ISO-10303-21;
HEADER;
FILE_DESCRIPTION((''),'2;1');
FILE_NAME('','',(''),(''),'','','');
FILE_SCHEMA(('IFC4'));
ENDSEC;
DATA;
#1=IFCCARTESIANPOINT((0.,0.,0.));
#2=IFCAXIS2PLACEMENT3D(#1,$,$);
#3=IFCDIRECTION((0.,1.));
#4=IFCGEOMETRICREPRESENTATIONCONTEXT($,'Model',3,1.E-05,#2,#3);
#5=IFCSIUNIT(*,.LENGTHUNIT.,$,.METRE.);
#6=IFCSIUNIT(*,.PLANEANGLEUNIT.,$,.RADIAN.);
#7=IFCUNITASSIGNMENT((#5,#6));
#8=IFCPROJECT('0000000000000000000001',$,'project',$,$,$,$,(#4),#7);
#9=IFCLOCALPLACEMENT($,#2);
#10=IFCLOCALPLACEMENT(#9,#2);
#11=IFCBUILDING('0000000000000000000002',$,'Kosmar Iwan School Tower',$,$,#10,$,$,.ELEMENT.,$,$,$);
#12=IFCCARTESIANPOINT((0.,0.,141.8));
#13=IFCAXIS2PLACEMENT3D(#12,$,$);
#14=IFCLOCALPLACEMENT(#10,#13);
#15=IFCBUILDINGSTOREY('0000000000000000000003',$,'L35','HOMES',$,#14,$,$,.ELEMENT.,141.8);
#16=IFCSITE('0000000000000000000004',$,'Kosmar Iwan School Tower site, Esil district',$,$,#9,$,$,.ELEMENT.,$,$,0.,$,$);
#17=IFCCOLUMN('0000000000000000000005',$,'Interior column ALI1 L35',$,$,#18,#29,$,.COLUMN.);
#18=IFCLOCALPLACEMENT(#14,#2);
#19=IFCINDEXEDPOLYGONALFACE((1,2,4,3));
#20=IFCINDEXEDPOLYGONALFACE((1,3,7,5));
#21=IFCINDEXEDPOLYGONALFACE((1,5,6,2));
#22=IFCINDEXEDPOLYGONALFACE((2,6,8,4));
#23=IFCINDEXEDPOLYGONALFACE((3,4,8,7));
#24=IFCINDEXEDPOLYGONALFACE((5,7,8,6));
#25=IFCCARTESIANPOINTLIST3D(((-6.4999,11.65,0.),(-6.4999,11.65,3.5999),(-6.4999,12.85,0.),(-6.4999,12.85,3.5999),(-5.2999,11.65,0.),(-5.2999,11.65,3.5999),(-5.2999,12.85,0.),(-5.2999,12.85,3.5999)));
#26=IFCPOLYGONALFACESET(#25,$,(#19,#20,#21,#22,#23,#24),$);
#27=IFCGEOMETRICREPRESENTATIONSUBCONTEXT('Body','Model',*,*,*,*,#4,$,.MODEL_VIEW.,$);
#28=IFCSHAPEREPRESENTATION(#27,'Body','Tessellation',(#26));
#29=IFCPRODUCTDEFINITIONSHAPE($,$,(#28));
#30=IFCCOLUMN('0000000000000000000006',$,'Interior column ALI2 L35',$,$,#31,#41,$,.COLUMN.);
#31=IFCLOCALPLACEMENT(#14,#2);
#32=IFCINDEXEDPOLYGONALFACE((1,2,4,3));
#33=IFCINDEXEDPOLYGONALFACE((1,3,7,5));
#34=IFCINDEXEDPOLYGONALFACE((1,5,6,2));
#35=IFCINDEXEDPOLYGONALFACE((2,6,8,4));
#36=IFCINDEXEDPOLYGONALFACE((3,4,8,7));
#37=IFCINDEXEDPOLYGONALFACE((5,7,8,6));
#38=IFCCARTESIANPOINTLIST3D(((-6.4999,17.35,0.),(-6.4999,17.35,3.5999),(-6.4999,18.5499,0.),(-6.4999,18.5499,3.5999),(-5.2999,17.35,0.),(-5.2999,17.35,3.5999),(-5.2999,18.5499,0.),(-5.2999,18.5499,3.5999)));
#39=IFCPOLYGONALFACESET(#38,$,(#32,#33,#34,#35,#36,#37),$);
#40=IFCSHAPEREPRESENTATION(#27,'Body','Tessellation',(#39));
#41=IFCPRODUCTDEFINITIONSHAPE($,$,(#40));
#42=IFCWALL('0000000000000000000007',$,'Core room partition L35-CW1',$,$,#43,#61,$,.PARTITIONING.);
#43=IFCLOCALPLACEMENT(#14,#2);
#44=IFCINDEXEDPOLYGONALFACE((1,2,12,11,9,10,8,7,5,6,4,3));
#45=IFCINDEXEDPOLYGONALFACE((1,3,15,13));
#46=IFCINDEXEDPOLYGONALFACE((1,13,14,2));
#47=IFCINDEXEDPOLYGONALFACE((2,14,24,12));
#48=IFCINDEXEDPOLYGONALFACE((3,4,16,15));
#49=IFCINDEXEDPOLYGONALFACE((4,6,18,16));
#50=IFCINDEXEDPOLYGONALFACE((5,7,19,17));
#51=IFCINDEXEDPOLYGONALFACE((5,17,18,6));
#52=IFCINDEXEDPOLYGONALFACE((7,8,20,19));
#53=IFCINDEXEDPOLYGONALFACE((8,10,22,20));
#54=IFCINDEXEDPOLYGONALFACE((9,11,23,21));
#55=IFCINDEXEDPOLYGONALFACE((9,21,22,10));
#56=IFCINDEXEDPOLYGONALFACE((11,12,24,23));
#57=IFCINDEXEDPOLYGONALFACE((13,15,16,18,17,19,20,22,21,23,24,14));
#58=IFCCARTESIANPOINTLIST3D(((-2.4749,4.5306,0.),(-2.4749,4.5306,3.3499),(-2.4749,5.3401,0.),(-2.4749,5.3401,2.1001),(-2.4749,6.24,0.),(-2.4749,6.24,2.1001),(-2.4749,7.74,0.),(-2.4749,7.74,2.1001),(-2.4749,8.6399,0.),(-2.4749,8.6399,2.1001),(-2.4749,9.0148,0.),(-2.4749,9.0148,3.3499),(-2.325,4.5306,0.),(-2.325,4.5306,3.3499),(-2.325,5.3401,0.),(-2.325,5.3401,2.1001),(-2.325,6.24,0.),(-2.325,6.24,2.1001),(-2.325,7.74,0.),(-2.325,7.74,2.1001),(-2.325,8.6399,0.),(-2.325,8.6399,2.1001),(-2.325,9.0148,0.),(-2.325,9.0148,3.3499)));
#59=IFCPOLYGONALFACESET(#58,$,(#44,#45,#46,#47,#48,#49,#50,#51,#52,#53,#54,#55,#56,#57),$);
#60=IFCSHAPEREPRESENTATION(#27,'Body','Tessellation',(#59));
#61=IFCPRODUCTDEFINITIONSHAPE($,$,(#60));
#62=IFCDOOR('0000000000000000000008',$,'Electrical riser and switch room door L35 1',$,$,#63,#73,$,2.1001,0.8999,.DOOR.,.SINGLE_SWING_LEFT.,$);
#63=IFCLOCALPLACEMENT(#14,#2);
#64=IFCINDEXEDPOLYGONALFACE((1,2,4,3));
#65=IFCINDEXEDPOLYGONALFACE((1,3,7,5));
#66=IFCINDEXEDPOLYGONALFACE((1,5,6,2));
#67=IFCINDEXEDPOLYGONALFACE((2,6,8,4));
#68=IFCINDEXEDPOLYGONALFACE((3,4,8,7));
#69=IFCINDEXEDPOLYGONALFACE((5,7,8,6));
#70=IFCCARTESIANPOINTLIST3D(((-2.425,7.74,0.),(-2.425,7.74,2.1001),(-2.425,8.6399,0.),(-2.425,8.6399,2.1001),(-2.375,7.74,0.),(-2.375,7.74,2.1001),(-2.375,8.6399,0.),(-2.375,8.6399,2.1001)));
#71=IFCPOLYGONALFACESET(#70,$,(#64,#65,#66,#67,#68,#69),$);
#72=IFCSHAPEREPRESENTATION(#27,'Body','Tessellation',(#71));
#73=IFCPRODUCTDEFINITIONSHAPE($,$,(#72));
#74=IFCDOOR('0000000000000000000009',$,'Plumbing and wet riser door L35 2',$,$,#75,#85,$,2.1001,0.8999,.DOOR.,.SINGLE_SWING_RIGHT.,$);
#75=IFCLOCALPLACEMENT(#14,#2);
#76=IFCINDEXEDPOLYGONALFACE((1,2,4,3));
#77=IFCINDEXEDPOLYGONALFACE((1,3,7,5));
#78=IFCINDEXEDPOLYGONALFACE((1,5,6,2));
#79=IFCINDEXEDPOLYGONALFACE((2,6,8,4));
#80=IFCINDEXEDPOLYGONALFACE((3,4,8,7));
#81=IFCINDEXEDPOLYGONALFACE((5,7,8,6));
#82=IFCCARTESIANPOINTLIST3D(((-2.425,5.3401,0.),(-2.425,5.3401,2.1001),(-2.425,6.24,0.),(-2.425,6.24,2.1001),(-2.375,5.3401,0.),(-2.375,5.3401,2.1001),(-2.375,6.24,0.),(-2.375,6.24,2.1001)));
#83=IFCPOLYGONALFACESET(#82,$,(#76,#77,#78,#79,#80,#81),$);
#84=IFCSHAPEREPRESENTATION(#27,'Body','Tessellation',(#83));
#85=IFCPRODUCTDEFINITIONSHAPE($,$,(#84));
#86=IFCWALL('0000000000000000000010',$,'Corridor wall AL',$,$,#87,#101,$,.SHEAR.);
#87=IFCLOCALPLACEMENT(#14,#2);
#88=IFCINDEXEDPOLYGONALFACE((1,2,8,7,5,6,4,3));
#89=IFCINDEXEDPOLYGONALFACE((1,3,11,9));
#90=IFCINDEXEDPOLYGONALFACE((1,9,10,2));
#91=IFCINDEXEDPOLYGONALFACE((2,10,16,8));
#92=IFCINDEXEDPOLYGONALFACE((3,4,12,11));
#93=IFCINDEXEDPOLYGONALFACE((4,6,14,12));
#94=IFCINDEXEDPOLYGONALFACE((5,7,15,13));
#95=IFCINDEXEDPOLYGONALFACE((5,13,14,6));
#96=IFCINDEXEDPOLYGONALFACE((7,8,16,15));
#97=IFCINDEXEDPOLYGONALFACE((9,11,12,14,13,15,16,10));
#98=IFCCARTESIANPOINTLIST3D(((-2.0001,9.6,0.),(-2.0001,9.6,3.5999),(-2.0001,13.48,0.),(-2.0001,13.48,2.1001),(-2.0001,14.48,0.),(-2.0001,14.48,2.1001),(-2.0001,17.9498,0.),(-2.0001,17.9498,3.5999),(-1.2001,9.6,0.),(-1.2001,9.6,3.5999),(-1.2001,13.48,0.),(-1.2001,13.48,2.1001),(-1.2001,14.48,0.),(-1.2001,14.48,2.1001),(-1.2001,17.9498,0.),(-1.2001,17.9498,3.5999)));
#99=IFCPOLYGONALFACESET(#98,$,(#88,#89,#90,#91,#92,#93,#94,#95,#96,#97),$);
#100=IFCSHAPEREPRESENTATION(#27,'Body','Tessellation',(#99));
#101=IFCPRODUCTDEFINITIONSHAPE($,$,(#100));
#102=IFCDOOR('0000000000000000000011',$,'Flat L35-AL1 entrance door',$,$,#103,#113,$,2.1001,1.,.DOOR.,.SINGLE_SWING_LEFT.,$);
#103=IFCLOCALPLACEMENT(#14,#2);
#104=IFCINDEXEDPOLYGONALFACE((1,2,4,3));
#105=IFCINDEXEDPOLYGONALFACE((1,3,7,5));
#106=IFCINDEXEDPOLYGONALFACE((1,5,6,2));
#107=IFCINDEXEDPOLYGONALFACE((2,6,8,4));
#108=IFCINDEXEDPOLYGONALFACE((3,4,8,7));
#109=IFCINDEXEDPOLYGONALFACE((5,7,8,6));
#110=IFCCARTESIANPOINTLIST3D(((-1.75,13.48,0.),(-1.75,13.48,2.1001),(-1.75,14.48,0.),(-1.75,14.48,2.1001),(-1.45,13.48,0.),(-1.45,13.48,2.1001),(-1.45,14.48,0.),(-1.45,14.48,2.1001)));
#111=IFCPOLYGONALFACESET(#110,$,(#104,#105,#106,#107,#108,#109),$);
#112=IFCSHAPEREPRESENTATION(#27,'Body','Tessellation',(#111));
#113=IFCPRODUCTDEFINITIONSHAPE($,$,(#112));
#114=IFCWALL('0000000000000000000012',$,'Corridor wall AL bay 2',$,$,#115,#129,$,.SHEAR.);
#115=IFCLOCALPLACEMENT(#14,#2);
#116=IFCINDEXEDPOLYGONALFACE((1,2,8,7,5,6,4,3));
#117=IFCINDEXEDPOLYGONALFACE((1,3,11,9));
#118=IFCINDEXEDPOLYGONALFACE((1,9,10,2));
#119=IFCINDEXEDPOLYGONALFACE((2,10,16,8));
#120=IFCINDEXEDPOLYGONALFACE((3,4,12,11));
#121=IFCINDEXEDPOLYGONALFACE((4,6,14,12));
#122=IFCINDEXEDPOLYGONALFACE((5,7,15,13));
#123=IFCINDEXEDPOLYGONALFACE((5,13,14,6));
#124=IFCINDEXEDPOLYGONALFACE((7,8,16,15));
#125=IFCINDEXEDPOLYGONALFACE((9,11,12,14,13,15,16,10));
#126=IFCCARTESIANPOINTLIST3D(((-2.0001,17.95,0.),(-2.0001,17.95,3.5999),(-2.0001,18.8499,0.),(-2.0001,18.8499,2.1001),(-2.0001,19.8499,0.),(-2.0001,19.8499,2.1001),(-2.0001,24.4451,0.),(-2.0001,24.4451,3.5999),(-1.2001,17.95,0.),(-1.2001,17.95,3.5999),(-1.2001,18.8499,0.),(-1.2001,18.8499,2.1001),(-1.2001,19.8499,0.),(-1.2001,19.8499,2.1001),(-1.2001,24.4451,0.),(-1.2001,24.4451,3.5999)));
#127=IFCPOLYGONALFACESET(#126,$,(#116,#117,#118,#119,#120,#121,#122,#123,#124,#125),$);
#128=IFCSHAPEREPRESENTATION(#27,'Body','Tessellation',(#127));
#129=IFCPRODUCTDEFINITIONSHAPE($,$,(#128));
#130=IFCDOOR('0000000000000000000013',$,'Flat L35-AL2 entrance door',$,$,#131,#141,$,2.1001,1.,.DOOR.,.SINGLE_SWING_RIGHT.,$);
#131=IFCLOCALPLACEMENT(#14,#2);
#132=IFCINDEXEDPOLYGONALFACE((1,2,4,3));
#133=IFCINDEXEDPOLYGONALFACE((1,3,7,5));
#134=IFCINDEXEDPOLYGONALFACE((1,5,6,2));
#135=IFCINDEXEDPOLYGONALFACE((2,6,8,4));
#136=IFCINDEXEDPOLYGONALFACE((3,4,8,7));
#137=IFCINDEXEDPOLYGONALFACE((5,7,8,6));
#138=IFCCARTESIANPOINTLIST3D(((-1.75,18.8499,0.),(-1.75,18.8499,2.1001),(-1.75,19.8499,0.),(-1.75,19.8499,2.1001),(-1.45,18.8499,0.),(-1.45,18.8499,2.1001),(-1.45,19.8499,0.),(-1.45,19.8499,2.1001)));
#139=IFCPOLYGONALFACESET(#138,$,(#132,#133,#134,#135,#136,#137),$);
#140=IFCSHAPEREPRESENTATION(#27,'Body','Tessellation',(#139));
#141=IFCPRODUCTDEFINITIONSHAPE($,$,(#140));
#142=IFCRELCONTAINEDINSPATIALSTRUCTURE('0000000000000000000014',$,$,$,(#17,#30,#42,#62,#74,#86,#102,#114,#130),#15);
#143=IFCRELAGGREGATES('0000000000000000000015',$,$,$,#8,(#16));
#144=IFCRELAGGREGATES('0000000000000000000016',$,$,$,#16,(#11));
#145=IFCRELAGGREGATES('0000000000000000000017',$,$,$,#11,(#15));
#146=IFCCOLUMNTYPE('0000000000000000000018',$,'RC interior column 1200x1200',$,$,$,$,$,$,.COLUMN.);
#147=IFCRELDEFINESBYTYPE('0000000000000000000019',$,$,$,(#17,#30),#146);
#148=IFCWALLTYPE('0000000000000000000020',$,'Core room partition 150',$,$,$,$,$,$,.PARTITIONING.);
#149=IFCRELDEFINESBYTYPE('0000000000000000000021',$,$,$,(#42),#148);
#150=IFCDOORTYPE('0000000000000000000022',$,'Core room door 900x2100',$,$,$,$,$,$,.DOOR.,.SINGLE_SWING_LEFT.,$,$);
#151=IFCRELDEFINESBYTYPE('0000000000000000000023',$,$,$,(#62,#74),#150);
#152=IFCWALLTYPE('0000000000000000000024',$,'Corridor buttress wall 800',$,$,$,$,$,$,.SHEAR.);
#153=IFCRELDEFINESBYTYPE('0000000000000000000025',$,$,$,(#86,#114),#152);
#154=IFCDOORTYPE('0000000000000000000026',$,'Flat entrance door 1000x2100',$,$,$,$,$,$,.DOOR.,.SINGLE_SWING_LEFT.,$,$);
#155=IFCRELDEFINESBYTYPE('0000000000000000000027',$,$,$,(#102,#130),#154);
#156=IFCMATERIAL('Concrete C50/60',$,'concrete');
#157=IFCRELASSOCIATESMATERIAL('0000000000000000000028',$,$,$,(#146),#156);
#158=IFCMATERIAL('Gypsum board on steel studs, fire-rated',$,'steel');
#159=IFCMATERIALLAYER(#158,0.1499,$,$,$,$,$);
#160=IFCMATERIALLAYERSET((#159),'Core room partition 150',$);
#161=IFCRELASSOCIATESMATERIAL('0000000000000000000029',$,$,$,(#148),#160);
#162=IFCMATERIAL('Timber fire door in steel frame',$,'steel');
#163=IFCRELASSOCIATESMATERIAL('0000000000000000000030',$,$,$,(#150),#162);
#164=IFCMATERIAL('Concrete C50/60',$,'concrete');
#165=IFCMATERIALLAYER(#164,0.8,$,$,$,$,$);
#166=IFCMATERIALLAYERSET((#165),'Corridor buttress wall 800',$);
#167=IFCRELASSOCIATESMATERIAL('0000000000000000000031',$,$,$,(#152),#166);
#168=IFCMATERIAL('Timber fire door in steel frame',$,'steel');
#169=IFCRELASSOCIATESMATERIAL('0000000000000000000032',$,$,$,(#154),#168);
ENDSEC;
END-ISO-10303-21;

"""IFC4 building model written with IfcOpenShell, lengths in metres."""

from ifc_helpers import new_model, si_unit, direction, frame, frame_2d, origin, origin_2d, place, context, subcontext, project, spatial, rectangle, extrude, material, layer, layer_set, material_profile, profile_set, type_object, element, fill, save


model = new_model("IFC4")

# Units and contexts
model_context = context("Model", 3, precision=1e-05, world=origin(), true_north=direction((0.0, 1.0)))
body_context = subcontext(model_context, "Body", "Model", "MODEL_VIEW")
ifc_project = project(units=[si_unit("LENGTHUNIT", "METRE"), si_unit("PLANEANGLEUNIT", "RADIAN")], contexts=[model_context])

# Site, building, storey
site_placement = place(None, origin())
site = spatial("IfcSite", under=ifc_project, at=site_placement, Name="Kosmar Iwan School Tower site, Esil district", CompositionType="ELEMENT", RefElevation=0.0)
building_placement = place(site_placement, origin())
building = spatial("IfcBuilding", under=site, at=building_placement, Name="Kosmar Iwan School Tower", CompositionType="ELEMENT")
storey_placement = place(building_placement, frame((0.0, 0.0, 141.8)))
storey = spatial("IfcBuildingStorey", under=building, at=storey_placement, Name="L35", Description="HOMES", CompositionType="ELEMENT", Elevation=141.8)

# Columns
ifc_material_1 = material(Name="Concrete C50/60", Category="concrete")
ifc_material_profile = material_profile(ifc_material_1, rectangle(XDim=1.2, YDim=1.2, at=origin_2d()), Name="RC 1200x1200")
ifc_profile_set = profile_set([ifc_material_profile], Name="Concrete C50/60")
column_type = type_object("IfcColumnType", Name="RC interior column 1200x1200", PredefinedType="COLUMN", material=ifc_profile_set)
for number, where, z_axis, x_axis, name in (
    (1, (-5.8999, 12.25, 0.0), (0.0, 0.0, 1.0), (0.0, 1.0, 0.0), "Interior column ALI1 L35"),
    (2, (-5.8999, 17.95, 0.0), (0.0, 0.0, 1.0), (0.0, 1.0, 0.0), "Interior column ALI2 L35"),
):
    element("IfcColumn", number, at=place(storey_placement, frame(where, z_axis=z_axis, x_axis=x_axis)), inside=storey, type_object=column_type, Name=name, PredefinedType="COLUMN", context=body_context, shape_type="SweptSolid", body=[
        extrude(rectangle(XDim=1.2, YDim=1.2, at=origin_2d()), origin(), (0.0, 0.0, 1.0), 3.5999),
    ])

# Wall, openings, doors
ifc_material_2 = material(Name="Gypsum board on steel studs, fire-rated", Category="steel")
ifc_layer_1 = layer(ifc_material_2, 0.1499)
ifc_layer_set_1 = layer_set([ifc_layer_1], Name="Core room partition 150")
wall_type_1 = type_object("IfcWallType", Name="Core room partition 150", PredefinedType="PARTITIONING", material=ifc_layer_set_1)
wall_1_placement = place(storey_placement, frame((-2.3999, 9.0149, 0.0), z_axis=(0.0, 0.0, 1.0), x_axis=(0.0, -1.0, 0.0)))
wall_1 = element("IfcWall", 3, at=wall_1_placement, inside=storey, type_object=wall_type_1, Name="Core room partition L35-CW1", PredefinedType="PARTITIONING", context=body_context, shape_type="SweptSolid", body=[
    extrude(rectangle(XDim=4.4841, YDim=0.1499, at=frame_2d((2.2422, 0.0))), origin(), (0.0, 0.0, 1.0), 3.3499),
])
opening_1_placement = place(wall_1_placement, frame((0.375, 0.0, 0.0)))
opening_1 = element("IfcOpeningElement", 4, at=opening_1_placement, cuts=wall_1, PredefinedType="OPENING", context=body_context, shape_type="SweptSolid", body=[
    extrude(rectangle(XDim=0.8999, YDim=2.1001, at=frame_2d((0.45, 1.05))), frame((0.0, 0.0869, 0.0), z_axis=(0.0, -1.0, 0.0), x_axis=(1.0, 0.0, 0.0)), (0.0, 0.0, 1.0), 0.1738),
])
opening_2_placement = place(wall_1_placement, frame((2.7749, 0.0, 0.0)))
opening_2 = element("IfcOpeningElement", 5, at=opening_2_placement, cuts=wall_1, PredefinedType="OPENING", context=body_context, shape_type="SweptSolid", body=[
    extrude(rectangle(XDim=0.8999, YDim=2.1001, at=frame_2d((0.45, 1.05))), frame((0.0, 0.0869, 0.0), z_axis=(0.0, -1.0, 0.0), x_axis=(1.0, 0.0, 0.0)), (0.0, 0.0, 1.0), 0.1738),
])
ifc_material_3 = material(Name="Timber fire door in steel frame", Category="steel")
door_type_1 = type_object("IfcDoorType", Name="Core room door 900x2100", OperationType="SINGLE_SWING_LEFT", PredefinedType="DOOR", material=ifc_material_3)
door_1_placement = place(opening_1_placement, origin())
door_1 = element("IfcDoor", 6, at=door_1_placement, inside=storey, type_object=door_type_1, Name="Electrical riser and switch room door L35 1", OperationType="SINGLE_SWING_LEFT", OverallHeight=2.1001, OverallWidth=0.8999, PredefinedType="DOOR", context=body_context, shape_type="SweptSolid", body=[
    extrude(rectangle(XDim=0.8999, YDim=2.1001, at=frame_2d((0.45, 1.05))), frame((0.0, 0.0249, 0.0), z_axis=(0.0, -1.0, 0.0), x_axis=(1.0, 0.0, 0.0)), (0.0, 0.0, 1.0), 0.05),
])
fill(opening_1, door_1)
door_2_placement = place(opening_2_placement, origin())
door_2 = element("IfcDoor", 7, at=door_2_placement, inside=storey, type_object=door_type_1, Name="Plumbing and wet riser door L35 2", OperationType="SINGLE_SWING_RIGHT", OverallHeight=2.1001, OverallWidth=0.8999, PredefinedType="DOOR", context=body_context, shape_type="SweptSolid", body=[
    extrude(rectangle(XDim=0.8999, YDim=2.1001, at=frame_2d((0.45, 1.05))), frame((0.0, 0.0249, 0.0), z_axis=(0.0, -1.0, 0.0), x_axis=(1.0, 0.0, 0.0)), (0.0, 0.0, 1.0), 0.05),
])
fill(opening_2, door_2)

# Walls, openings, doors
ifc_material_4 = material(Name="Concrete C50/60", Category="concrete")
ifc_layer_2 = layer(ifc_material_4, 0.8)
ifc_layer_set_2 = layer_set([ifc_layer_2], Name="Corridor buttress wall 800")
wall_type_2 = type_object("IfcWallType", Name="Corridor buttress wall 800", PredefinedType="SHEAR", material=ifc_layer_set_2)
wall_2_placement = place(storey_placement, frame((-1.6001, 9.6001, 0.0), z_axis=(0.0, 0.0, 1.0), x_axis=(0.0, 1.0, 0.0)))
wall_2 = element("IfcWall", 8, at=wall_2_placement, inside=storey, type_object=wall_type_2, Name="Corridor wall AL", PredefinedType="SHEAR", context=body_context, shape_type="SweptSolid", body=[
    extrude(rectangle(XDim=8.3499, YDim=0.8, at=frame_2d((4.1748, 0.0))), origin(), (0.0, 0.0, 1.0), 3.5999),
])
opening_3_placement = place(wall_2_placement, frame((3.8799, 0.0, 0.0)))
opening_3 = element("IfcOpeningElement", 9, at=opening_3_placement, cuts=wall_2, PredefinedType="OPENING", context=body_context, shape_type="SweptSolid", body=[
    extrude(rectangle(XDim=1.0, YDim=2.1001, at=frame_2d((0.5, 1.05))), frame((0.0, 0.4121, 0.0), z_axis=(0.0, -1.0, 0.0), x_axis=(1.0, 0.0, 0.0)), (0.0, 0.0, 1.0), 0.824),
])
ifc_material_5 = material(Name="Timber fire door in steel frame", Category="steel")
door_type_2 = type_object("IfcDoorType", Name="Flat entrance door 1000x2100", OperationType="SINGLE_SWING_LEFT", PredefinedType="DOOR", material=ifc_material_5)
door_3_placement = place(opening_3_placement, origin())
door_3 = element("IfcDoor", 10, at=door_3_placement, inside=storey, type_object=door_type_2, Name="Flat L35-AL1 entrance door", OperationType="SINGLE_SWING_LEFT", OverallHeight=2.1001, OverallWidth=1.0, PredefinedType="DOOR", context=body_context, shape_type="SweptSolid", body=[
    extrude(rectangle(XDim=1.0, YDim=2.1001, at=frame_2d((0.5, 1.05))), frame((0.0, 0.1499, 0.0), z_axis=(0.0, -1.0, 0.0), x_axis=(1.0, 0.0, 0.0)), (0.0, 0.0, 1.0), 0.3),
])
fill(opening_3, door_3)
wall_3_placement = place(storey_placement, frame((-1.6001, 17.95, 0.0), z_axis=(0.0, 0.0, 1.0), x_axis=(0.0, 1.0, 0.0)))
wall_3 = element("IfcWall", 11, at=wall_3_placement, inside=storey, type_object=wall_type_2, Name="Corridor wall AL bay 2", PredefinedType="SHEAR", context=body_context, shape_type="SweptSolid", body=[
    extrude(rectangle(XDim=6.4951, YDim=0.8, at=frame_2d((3.2476, 0.0))), origin(), (0.0, 0.0, 1.0), 3.5999),
])
opening_4_placement = place(wall_3_placement, frame((0.8999, 0.0, 0.0)))
opening_4 = element("IfcOpeningElement", 12, at=opening_4_placement, cuts=wall_3, PredefinedType="OPENING", context=body_context, shape_type="SweptSolid", body=[
    extrude(rectangle(XDim=1.0, YDim=2.1001, at=frame_2d((0.5, 1.05))), frame((0.0, 0.4121, 0.0), z_axis=(0.0, -1.0, 0.0), x_axis=(1.0, 0.0, 0.0)), (0.0, 0.0, 1.0), 0.824),
])
door_4_placement = place(opening_4_placement, origin())
door_4 = element("IfcDoor", 13, at=door_4_placement, inside=storey, type_object=door_type_2, Name="Flat L35-AL2 entrance door", OperationType="SINGLE_SWING_RIGHT", OverallHeight=2.1001, OverallWidth=1.0, PredefinedType="DOOR", context=body_context, shape_type="SweptSolid", body=[
    extrude(rectangle(XDim=1.0, YDim=2.1001, at=frame_2d((0.5, 1.05))), frame((0.0, 0.1499, 0.0), z_axis=(0.0, -1.0, 0.0), x_axis=(1.0, 0.0, 0.0)), (0.0, 0.0, 1.0), 0.3),
])
fill(opening_4, door_4)

save(model, "model.ifc")
